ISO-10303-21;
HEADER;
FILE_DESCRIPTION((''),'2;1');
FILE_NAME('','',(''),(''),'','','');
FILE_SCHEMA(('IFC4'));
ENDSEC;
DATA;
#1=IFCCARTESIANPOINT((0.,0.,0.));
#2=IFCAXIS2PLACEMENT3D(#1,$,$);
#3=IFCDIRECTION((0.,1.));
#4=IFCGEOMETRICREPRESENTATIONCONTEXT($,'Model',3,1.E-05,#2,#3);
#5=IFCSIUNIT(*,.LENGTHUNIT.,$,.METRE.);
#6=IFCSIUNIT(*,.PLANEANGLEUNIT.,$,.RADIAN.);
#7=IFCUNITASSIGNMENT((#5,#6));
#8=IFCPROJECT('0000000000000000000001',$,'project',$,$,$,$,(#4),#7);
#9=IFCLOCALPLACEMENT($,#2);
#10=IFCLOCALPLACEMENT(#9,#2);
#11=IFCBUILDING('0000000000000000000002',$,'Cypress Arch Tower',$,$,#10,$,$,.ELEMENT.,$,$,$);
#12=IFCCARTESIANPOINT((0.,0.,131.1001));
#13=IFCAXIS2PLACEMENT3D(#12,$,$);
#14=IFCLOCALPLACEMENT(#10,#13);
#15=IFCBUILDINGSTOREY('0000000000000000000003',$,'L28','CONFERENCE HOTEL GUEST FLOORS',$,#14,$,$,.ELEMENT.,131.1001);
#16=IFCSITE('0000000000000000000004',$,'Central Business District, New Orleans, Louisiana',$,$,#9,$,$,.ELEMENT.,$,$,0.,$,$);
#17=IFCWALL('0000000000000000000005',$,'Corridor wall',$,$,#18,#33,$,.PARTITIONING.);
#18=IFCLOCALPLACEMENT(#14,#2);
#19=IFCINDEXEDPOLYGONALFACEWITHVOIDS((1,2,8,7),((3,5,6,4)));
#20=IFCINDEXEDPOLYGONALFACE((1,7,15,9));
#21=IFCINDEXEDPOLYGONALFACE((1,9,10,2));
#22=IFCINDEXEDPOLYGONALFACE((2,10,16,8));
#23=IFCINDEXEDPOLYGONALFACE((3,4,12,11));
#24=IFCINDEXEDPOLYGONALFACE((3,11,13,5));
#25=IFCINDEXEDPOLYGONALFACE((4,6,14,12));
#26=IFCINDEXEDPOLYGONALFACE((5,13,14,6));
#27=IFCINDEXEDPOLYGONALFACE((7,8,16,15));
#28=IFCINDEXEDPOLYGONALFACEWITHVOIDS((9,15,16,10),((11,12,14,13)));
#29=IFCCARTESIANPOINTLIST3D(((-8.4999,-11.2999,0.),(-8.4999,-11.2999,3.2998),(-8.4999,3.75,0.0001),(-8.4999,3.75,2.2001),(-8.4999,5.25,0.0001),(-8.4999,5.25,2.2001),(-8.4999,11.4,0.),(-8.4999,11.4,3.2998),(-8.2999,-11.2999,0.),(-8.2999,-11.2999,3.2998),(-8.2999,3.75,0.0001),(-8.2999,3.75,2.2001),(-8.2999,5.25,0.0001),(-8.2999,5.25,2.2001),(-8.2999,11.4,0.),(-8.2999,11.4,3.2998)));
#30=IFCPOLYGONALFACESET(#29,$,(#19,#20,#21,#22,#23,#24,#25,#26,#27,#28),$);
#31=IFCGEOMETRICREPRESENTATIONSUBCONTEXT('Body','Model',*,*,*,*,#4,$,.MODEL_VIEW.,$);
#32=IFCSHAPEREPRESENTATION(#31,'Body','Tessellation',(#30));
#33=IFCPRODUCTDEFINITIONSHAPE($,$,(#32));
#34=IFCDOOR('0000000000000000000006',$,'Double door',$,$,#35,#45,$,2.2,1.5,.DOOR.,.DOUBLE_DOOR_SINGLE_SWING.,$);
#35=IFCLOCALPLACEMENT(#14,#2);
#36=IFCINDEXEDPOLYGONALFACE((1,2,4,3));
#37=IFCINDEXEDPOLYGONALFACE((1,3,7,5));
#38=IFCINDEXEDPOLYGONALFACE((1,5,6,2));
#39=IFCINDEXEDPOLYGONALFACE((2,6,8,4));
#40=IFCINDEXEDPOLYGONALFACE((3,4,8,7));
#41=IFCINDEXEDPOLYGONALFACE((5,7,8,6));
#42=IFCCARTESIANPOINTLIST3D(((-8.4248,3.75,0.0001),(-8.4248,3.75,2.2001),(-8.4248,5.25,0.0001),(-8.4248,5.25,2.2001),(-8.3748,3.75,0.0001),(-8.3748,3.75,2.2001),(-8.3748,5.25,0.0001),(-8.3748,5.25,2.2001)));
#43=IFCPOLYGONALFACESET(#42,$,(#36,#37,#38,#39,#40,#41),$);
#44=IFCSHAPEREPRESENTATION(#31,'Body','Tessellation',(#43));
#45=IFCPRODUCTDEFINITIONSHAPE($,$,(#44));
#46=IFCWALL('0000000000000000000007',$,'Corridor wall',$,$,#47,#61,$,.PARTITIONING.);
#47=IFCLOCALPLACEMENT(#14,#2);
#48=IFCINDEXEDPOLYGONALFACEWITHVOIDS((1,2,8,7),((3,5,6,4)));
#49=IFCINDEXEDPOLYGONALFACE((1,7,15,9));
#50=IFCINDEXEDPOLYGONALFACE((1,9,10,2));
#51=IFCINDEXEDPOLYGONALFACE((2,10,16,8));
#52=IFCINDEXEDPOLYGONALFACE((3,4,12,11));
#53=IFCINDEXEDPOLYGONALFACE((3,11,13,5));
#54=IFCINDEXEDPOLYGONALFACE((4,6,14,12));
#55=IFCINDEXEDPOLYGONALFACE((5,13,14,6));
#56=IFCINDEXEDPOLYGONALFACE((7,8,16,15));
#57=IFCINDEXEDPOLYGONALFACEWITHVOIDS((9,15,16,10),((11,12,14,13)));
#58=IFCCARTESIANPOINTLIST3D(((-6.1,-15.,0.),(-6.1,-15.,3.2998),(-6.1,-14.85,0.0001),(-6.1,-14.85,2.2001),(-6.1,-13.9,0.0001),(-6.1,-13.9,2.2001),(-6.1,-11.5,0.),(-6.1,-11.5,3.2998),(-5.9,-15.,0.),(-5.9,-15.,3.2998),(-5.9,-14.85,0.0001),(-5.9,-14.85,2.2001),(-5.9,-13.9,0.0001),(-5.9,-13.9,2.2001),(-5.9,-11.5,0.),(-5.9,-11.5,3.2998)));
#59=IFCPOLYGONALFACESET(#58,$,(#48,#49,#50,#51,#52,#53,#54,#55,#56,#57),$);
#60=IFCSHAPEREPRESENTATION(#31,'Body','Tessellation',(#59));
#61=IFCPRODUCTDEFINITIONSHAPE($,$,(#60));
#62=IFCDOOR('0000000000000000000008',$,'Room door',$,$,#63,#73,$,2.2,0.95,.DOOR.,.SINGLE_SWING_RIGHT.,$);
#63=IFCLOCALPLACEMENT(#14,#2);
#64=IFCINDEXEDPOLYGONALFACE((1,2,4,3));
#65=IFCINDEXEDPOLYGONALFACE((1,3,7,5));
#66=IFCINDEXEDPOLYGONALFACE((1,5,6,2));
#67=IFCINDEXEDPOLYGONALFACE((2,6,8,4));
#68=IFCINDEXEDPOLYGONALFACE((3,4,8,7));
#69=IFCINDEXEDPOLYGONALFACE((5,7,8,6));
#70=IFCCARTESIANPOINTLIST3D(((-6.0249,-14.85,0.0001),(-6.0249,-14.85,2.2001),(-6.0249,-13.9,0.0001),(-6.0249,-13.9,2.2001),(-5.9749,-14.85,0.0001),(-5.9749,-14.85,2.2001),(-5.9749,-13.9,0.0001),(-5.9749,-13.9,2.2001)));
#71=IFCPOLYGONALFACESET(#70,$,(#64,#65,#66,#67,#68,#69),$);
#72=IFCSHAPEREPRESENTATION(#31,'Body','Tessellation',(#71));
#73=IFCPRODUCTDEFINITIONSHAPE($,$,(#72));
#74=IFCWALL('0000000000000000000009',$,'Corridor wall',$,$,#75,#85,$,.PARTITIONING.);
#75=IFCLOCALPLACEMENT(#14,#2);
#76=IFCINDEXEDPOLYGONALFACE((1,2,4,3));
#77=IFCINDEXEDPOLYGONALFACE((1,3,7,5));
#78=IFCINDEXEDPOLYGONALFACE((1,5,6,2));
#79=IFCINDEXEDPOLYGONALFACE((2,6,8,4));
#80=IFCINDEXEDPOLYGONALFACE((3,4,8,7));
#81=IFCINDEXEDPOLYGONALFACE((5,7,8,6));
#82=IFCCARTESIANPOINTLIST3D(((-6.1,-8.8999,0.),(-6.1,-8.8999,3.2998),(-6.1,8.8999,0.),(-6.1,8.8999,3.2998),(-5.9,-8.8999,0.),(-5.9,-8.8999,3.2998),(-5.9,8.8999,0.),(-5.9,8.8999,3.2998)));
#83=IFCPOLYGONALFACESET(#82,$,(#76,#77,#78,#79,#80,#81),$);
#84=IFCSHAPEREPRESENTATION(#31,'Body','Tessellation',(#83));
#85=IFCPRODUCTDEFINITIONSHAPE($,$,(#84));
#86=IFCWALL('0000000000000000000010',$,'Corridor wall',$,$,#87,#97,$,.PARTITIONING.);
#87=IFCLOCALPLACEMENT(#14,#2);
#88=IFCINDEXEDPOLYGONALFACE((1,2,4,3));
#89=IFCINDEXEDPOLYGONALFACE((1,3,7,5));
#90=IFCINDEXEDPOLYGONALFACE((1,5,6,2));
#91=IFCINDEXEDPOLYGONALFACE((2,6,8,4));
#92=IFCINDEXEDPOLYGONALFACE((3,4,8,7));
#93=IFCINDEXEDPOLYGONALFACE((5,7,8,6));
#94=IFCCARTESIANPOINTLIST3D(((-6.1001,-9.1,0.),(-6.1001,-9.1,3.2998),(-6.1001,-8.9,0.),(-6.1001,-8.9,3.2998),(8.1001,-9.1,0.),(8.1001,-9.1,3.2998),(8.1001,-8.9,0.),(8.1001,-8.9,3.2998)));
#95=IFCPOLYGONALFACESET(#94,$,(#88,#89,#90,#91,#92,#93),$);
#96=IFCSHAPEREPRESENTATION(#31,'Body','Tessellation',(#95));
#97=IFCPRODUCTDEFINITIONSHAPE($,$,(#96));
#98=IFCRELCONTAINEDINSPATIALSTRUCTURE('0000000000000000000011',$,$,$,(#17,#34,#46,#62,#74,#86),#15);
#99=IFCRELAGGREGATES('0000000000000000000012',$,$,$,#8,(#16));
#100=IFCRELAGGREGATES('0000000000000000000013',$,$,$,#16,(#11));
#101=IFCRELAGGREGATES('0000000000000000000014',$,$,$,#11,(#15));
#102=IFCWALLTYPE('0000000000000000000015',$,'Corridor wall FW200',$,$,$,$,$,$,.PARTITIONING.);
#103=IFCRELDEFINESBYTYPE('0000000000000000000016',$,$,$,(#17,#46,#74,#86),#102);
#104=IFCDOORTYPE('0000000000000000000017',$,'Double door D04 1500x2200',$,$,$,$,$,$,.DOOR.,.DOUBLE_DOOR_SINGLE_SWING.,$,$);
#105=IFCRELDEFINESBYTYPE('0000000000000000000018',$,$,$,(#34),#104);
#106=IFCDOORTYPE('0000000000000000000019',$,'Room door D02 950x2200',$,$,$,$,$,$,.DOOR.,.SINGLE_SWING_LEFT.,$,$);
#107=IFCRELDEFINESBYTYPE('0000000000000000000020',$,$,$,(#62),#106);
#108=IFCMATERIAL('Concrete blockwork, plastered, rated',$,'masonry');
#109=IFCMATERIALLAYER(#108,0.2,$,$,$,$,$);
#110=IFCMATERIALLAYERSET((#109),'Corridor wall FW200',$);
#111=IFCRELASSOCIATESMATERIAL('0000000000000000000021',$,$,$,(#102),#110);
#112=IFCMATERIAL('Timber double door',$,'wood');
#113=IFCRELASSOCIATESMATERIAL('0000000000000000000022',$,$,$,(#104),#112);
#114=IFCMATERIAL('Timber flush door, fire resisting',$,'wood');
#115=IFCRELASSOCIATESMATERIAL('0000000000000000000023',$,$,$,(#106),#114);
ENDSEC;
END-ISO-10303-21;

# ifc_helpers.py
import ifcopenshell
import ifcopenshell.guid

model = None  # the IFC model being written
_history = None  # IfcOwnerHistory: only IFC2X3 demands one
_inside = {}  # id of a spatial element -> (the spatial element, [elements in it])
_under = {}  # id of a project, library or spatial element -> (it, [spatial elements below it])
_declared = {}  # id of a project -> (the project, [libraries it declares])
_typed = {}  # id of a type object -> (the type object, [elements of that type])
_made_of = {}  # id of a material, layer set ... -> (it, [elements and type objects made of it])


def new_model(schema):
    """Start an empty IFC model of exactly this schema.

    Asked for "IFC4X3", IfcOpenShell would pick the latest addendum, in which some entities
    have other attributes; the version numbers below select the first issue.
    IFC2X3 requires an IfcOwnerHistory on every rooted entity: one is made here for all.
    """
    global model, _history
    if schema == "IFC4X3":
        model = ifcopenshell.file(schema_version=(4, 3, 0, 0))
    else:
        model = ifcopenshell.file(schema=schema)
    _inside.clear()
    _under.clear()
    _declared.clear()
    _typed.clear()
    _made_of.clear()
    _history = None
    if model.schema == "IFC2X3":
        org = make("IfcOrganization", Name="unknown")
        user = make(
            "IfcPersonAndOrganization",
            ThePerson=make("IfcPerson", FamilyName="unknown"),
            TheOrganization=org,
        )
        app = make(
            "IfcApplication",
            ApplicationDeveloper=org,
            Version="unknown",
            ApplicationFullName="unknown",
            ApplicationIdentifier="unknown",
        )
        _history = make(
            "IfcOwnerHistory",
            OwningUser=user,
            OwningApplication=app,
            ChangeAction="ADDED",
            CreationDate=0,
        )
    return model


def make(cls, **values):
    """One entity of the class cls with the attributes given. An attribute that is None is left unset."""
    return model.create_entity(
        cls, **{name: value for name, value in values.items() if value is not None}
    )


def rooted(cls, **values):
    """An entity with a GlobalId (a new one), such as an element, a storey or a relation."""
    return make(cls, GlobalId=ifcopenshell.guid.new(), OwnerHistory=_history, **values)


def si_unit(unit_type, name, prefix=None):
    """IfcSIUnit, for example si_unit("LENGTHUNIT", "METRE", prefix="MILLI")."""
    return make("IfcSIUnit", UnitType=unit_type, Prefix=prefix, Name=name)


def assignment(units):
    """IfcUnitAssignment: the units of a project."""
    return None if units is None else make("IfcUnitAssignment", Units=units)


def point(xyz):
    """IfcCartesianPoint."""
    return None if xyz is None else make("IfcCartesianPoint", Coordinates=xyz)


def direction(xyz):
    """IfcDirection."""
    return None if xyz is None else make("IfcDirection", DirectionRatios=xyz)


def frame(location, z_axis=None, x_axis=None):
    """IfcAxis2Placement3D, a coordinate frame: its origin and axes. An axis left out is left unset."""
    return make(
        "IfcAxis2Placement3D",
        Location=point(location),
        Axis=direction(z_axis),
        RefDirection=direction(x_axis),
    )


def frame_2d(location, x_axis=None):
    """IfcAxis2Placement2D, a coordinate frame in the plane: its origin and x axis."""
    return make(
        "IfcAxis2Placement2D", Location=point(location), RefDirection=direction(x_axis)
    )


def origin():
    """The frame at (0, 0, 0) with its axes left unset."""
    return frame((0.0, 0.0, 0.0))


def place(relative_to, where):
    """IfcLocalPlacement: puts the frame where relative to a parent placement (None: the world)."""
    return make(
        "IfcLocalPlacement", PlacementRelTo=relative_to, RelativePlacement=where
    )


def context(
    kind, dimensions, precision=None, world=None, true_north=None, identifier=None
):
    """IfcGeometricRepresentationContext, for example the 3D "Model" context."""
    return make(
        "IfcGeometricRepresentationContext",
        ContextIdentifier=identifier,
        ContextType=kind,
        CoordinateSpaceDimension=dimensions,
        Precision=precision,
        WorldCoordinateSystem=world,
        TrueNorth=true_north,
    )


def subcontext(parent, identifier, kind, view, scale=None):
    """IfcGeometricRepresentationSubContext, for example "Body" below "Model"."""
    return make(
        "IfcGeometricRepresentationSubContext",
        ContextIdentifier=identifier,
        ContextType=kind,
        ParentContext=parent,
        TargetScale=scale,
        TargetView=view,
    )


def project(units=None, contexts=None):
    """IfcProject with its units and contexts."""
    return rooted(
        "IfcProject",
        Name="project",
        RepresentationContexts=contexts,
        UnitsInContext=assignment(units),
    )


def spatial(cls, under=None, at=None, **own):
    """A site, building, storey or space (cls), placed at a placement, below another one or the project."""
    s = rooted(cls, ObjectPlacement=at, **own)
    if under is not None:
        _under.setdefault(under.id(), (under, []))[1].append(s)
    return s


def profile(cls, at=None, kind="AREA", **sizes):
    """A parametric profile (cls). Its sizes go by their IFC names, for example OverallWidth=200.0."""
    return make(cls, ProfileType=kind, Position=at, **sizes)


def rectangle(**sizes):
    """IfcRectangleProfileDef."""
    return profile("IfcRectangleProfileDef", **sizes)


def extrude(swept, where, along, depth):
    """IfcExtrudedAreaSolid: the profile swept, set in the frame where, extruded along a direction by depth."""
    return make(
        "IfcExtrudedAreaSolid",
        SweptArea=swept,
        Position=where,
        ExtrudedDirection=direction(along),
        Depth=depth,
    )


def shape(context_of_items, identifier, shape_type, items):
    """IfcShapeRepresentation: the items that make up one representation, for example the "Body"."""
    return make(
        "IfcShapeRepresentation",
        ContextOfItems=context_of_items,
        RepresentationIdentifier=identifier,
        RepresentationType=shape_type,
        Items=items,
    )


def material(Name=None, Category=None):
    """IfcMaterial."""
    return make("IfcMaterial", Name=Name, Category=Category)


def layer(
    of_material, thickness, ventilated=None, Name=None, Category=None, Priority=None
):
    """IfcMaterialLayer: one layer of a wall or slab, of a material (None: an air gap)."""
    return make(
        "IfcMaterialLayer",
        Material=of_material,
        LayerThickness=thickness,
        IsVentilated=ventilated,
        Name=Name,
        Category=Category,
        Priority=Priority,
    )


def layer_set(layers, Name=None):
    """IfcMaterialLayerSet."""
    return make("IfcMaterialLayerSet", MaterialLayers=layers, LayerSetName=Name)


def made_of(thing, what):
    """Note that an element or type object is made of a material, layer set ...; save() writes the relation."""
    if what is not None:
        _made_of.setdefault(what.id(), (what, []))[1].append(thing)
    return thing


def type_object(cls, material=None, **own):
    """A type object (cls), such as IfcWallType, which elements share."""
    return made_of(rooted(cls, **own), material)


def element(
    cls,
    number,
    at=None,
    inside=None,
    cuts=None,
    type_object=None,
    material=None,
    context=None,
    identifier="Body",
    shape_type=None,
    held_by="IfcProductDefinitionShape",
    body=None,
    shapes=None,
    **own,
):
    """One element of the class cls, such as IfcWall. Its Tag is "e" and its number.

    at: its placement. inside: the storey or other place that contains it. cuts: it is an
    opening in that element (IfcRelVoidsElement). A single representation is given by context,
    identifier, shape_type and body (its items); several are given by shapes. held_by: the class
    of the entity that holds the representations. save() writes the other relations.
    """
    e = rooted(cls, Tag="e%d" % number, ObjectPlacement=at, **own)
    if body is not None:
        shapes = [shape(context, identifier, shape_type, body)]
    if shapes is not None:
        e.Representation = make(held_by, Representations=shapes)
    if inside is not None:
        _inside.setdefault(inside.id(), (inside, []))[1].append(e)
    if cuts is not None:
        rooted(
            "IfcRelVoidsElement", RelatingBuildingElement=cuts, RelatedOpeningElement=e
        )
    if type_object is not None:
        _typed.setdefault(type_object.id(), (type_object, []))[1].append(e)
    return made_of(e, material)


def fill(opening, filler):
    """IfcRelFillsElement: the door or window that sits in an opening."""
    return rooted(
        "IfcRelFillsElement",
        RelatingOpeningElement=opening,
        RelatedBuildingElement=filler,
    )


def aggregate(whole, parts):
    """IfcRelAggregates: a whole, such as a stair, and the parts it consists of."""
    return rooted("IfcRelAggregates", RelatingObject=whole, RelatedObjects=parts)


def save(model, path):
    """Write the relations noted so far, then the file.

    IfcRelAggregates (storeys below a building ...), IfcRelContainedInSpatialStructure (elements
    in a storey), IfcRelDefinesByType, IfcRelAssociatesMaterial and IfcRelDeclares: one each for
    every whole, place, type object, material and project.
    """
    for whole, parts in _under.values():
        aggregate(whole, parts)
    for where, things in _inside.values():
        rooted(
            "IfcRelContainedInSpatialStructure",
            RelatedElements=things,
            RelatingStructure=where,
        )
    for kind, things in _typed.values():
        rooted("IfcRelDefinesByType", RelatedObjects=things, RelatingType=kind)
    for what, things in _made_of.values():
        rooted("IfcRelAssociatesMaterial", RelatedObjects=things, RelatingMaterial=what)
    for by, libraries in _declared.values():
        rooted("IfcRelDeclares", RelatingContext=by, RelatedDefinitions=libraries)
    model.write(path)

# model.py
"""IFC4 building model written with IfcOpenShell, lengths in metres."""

from ifc_helpers import new_model, si_unit, direction, frame, frame_2d, origin, place, context, subcontext, project, spatial, rectangle, extrude, material, layer, layer_set, type_object, element, fill, save


model = new_model("IFC4")

# Units and contexts
model_context = context("Model", 3, precision=1e-05, world=origin(), true_north=direction((0.0, 1.0)))
body_context = subcontext(model_context, "Body", "Model", "MODEL_VIEW")
ifc_project = project(units=[si_unit("LENGTHUNIT", "METRE"), si_unit("PLANEANGLEUNIT", "RADIAN")], contexts=[model_context])

# Site, building, storey
site_placement = place(None, origin())
site = spatial("IfcSite", under=ifc_project, at=site_placement, Name="Central Business District, New Orleans, Louisiana", CompositionType="ELEMENT", RefElevation=0.0)
building_placement = place(site_placement, origin())
building = spatial("IfcBuilding", under=site, at=building_placement, Name="Cypress Arch Tower", CompositionType="ELEMENT")
storey_placement = place(building_placement, frame((0.0, 0.0, 131.1001)))
storey = spatial("IfcBuildingStorey", under=building, at=storey_placement, Name="L28", Description="CONFERENCE HOTEL GUEST FLOORS", CompositionType="ELEMENT", Elevation=131.1001)

# Shared definitions
ifc_material_1 = material(Name="Concrete blockwork, plastered, rated", Category="masonry")
ifc_layer_1 = layer(ifc_material_1, 0.2)
ifc_layer_set_1 = layer_set([ifc_layer_1], Name="Corridor wall FW200")
wall_type_1 = type_object("IfcWallType", Name="Corridor wall FW200", PredefinedType="PARTITIONING", material=ifc_layer_set_1)
ifc_material_2 = material(Name="Timber double door", Category="wood")
door_type_1 = type_object("IfcDoorType", Name="Double door D04 1500x2200", OperationType="DOUBLE_DOOR_SINGLE_SWING", PredefinedType="DOOR", material=ifc_material_2)

# Walls, openings, doors
wall_1_placement = place(storey_placement, frame((-8.3999, -11.3, 0.0), z_axis=(0.0, 0.0, 1.0), x_axis=(0.0, 1.0, 0.0)))
wall_1 = element("IfcWall", 1, at=wall_1_placement, inside=storey, type_object=wall_type_1, Name="Corridor wall", PredefinedType="PARTITIONING", context=body_context, shape_type="SweptSolid", body=[
    extrude(rectangle(XDim=22.7, YDim=0.2, at=frame_2d((11.3501, 0.0))), origin(), (0.0, 0.0, 1.0), 3.2998),
])
opening_1_placement = place(wall_1_placement, frame((15.05, 0.0, 0.0)))
opening_1 = element("IfcOpeningElement", 2, at=opening_1_placement, cuts=wall_1, PredefinedType="OPENING", context=body_context, shape_type="SweptSolid", body=[
    extrude(rectangle(XDim=1.5, YDim=2.2, at=frame_2d((0.75, 1.1001))), frame((0.0, 0.1099, 0.0), z_axis=(0.0, -1.0, 0.0), x_axis=(1.0, 0.0, 0.0)), (0.0, 0.0, 1.0), 0.22),
])
door_1_placement = place(opening_1_placement, origin())
door_1 = element("IfcDoor", 3, at=door_1_placement, inside=storey, type_object=door_type_1, Name="Double door", OperationType="DOUBLE_DOOR_SINGLE_SWING", OverallHeight=2.2, OverallWidth=1.5, PredefinedType="DOOR", context=body_context, shape_type="SweptSolid", body=[
    extrude(rectangle(XDim=1.5, YDim=2.2, at=frame_2d((0.75, 1.1001))), frame((0.0, 0.0249, 0.0), z_axis=(0.0, -1.0, 0.0), x_axis=(1.0, 0.0, 0.0)), (0.0, 0.0, 1.0), 0.05),
])
fill(opening_1, door_1)
wall_2_placement = place(storey_placement, frame((-6.0, -15.0, 0.0), z_axis=(0.0, 0.0, 1.0), x_axis=(0.0, 1.0, 0.0)))
wall_2 = element("IfcWall", 4, at=wall_2_placement, inside=storey, type_object=wall_type_1, Name="Corridor wall", PredefinedType="PARTITIONING", context=body_context, shape_type="SweptSolid", body=[
    extrude(rectangle(XDim=3.5, YDim=0.2, at=frame_2d((1.75, 0.0))), origin(), (0.0, 0.0, 1.0), 3.2998),
])
opening_2_placement = place(wall_2_placement, frame((0.1499, 0.0, 0.0)))
opening_2 = element("IfcOpeningElement", 5, at=opening_2_placement, cuts=wall_2, PredefinedType="OPENING", context=body_context, shape_type="SweptSolid", body=[
    extrude(rectangle(XDim=0.95, YDim=2.2, at=frame_2d((0.4751, 1.1001))), frame((0.0, 0.1099, 0.0), z_axis=(0.0, -1.0, 0.0), x_axis=(1.0, 0.0, 0.0)), (0.0, 0.0, 1.0), 0.22),
])
ifc_material_3 = material(Name="Timber flush door, fire resisting", Category="wood")
door_type_2 = type_object("IfcDoorType", Name="Room door D02 950x2200", OperationType="SINGLE_SWING_LEFT", PredefinedType="DOOR", material=ifc_material_3)
door_2_placement = place(opening_2_placement, origin())
door_2 = element("IfcDoor", 6, at=door_2_placement, inside=storey, type_object=door_type_2, Name="Room door", OperationType="SINGLE_SWING_RIGHT", OverallHeight=2.2, OverallWidth=0.95, PredefinedType="DOOR", context=body_context, shape_type="SweptSolid", body=[
    extrude(rectangle(XDim=0.95, YDim=2.2, at=frame_2d((0.4751, 1.1001))), frame((0.0, 0.0249, 0.0), z_axis=(0.0, -1.0, 0.0), x_axis=(1.0, 0.0, 0.0)), (0.0, 0.0, 1.0), 0.05),
])
fill(opening_2, door_2)

# Walls
wall_3_placement = place(storey_placement, frame((-6.0, -8.8999, 0.0), z_axis=(0.0, 0.0, 1.0), x_axis=(0.0, 1.0, 0.0)))
element("IfcWall", 7, at=wall_3_placement, inside=storey, type_object=wall_type_1, Name="Corridor wall", PredefinedType="PARTITIONING", context=body_context, shape_type="SweptSolid", body=[
    extrude(rectangle(XDim=17.7998, YDim=0.2, at=frame_2d((8.8999, 0.0))), origin(), (0.0, 0.0, 1.0), 3.2998),
])
wall_4_placement = place(storey_placement, frame((-6.1001, -9.0, 0.0), z_axis=(0.0, 0.0, 1.0), x_axis=(1.0, 0.0, 0.0)))
element("IfcWall", 8, at=wall_4_placement, inside=storey, type_object=wall_type_1, Name="Corridor wall", PredefinedType="PARTITIONING", context=body_context, shape_type="SweptSolid", body=[
    extrude(rectangle(XDim=14.2002, YDim=0.2, at=frame_2d((7.1001, 0.0))), origin(), (0.0, 0.0, 1.0), 3.2998),
])

save(model, "model.ifc")
